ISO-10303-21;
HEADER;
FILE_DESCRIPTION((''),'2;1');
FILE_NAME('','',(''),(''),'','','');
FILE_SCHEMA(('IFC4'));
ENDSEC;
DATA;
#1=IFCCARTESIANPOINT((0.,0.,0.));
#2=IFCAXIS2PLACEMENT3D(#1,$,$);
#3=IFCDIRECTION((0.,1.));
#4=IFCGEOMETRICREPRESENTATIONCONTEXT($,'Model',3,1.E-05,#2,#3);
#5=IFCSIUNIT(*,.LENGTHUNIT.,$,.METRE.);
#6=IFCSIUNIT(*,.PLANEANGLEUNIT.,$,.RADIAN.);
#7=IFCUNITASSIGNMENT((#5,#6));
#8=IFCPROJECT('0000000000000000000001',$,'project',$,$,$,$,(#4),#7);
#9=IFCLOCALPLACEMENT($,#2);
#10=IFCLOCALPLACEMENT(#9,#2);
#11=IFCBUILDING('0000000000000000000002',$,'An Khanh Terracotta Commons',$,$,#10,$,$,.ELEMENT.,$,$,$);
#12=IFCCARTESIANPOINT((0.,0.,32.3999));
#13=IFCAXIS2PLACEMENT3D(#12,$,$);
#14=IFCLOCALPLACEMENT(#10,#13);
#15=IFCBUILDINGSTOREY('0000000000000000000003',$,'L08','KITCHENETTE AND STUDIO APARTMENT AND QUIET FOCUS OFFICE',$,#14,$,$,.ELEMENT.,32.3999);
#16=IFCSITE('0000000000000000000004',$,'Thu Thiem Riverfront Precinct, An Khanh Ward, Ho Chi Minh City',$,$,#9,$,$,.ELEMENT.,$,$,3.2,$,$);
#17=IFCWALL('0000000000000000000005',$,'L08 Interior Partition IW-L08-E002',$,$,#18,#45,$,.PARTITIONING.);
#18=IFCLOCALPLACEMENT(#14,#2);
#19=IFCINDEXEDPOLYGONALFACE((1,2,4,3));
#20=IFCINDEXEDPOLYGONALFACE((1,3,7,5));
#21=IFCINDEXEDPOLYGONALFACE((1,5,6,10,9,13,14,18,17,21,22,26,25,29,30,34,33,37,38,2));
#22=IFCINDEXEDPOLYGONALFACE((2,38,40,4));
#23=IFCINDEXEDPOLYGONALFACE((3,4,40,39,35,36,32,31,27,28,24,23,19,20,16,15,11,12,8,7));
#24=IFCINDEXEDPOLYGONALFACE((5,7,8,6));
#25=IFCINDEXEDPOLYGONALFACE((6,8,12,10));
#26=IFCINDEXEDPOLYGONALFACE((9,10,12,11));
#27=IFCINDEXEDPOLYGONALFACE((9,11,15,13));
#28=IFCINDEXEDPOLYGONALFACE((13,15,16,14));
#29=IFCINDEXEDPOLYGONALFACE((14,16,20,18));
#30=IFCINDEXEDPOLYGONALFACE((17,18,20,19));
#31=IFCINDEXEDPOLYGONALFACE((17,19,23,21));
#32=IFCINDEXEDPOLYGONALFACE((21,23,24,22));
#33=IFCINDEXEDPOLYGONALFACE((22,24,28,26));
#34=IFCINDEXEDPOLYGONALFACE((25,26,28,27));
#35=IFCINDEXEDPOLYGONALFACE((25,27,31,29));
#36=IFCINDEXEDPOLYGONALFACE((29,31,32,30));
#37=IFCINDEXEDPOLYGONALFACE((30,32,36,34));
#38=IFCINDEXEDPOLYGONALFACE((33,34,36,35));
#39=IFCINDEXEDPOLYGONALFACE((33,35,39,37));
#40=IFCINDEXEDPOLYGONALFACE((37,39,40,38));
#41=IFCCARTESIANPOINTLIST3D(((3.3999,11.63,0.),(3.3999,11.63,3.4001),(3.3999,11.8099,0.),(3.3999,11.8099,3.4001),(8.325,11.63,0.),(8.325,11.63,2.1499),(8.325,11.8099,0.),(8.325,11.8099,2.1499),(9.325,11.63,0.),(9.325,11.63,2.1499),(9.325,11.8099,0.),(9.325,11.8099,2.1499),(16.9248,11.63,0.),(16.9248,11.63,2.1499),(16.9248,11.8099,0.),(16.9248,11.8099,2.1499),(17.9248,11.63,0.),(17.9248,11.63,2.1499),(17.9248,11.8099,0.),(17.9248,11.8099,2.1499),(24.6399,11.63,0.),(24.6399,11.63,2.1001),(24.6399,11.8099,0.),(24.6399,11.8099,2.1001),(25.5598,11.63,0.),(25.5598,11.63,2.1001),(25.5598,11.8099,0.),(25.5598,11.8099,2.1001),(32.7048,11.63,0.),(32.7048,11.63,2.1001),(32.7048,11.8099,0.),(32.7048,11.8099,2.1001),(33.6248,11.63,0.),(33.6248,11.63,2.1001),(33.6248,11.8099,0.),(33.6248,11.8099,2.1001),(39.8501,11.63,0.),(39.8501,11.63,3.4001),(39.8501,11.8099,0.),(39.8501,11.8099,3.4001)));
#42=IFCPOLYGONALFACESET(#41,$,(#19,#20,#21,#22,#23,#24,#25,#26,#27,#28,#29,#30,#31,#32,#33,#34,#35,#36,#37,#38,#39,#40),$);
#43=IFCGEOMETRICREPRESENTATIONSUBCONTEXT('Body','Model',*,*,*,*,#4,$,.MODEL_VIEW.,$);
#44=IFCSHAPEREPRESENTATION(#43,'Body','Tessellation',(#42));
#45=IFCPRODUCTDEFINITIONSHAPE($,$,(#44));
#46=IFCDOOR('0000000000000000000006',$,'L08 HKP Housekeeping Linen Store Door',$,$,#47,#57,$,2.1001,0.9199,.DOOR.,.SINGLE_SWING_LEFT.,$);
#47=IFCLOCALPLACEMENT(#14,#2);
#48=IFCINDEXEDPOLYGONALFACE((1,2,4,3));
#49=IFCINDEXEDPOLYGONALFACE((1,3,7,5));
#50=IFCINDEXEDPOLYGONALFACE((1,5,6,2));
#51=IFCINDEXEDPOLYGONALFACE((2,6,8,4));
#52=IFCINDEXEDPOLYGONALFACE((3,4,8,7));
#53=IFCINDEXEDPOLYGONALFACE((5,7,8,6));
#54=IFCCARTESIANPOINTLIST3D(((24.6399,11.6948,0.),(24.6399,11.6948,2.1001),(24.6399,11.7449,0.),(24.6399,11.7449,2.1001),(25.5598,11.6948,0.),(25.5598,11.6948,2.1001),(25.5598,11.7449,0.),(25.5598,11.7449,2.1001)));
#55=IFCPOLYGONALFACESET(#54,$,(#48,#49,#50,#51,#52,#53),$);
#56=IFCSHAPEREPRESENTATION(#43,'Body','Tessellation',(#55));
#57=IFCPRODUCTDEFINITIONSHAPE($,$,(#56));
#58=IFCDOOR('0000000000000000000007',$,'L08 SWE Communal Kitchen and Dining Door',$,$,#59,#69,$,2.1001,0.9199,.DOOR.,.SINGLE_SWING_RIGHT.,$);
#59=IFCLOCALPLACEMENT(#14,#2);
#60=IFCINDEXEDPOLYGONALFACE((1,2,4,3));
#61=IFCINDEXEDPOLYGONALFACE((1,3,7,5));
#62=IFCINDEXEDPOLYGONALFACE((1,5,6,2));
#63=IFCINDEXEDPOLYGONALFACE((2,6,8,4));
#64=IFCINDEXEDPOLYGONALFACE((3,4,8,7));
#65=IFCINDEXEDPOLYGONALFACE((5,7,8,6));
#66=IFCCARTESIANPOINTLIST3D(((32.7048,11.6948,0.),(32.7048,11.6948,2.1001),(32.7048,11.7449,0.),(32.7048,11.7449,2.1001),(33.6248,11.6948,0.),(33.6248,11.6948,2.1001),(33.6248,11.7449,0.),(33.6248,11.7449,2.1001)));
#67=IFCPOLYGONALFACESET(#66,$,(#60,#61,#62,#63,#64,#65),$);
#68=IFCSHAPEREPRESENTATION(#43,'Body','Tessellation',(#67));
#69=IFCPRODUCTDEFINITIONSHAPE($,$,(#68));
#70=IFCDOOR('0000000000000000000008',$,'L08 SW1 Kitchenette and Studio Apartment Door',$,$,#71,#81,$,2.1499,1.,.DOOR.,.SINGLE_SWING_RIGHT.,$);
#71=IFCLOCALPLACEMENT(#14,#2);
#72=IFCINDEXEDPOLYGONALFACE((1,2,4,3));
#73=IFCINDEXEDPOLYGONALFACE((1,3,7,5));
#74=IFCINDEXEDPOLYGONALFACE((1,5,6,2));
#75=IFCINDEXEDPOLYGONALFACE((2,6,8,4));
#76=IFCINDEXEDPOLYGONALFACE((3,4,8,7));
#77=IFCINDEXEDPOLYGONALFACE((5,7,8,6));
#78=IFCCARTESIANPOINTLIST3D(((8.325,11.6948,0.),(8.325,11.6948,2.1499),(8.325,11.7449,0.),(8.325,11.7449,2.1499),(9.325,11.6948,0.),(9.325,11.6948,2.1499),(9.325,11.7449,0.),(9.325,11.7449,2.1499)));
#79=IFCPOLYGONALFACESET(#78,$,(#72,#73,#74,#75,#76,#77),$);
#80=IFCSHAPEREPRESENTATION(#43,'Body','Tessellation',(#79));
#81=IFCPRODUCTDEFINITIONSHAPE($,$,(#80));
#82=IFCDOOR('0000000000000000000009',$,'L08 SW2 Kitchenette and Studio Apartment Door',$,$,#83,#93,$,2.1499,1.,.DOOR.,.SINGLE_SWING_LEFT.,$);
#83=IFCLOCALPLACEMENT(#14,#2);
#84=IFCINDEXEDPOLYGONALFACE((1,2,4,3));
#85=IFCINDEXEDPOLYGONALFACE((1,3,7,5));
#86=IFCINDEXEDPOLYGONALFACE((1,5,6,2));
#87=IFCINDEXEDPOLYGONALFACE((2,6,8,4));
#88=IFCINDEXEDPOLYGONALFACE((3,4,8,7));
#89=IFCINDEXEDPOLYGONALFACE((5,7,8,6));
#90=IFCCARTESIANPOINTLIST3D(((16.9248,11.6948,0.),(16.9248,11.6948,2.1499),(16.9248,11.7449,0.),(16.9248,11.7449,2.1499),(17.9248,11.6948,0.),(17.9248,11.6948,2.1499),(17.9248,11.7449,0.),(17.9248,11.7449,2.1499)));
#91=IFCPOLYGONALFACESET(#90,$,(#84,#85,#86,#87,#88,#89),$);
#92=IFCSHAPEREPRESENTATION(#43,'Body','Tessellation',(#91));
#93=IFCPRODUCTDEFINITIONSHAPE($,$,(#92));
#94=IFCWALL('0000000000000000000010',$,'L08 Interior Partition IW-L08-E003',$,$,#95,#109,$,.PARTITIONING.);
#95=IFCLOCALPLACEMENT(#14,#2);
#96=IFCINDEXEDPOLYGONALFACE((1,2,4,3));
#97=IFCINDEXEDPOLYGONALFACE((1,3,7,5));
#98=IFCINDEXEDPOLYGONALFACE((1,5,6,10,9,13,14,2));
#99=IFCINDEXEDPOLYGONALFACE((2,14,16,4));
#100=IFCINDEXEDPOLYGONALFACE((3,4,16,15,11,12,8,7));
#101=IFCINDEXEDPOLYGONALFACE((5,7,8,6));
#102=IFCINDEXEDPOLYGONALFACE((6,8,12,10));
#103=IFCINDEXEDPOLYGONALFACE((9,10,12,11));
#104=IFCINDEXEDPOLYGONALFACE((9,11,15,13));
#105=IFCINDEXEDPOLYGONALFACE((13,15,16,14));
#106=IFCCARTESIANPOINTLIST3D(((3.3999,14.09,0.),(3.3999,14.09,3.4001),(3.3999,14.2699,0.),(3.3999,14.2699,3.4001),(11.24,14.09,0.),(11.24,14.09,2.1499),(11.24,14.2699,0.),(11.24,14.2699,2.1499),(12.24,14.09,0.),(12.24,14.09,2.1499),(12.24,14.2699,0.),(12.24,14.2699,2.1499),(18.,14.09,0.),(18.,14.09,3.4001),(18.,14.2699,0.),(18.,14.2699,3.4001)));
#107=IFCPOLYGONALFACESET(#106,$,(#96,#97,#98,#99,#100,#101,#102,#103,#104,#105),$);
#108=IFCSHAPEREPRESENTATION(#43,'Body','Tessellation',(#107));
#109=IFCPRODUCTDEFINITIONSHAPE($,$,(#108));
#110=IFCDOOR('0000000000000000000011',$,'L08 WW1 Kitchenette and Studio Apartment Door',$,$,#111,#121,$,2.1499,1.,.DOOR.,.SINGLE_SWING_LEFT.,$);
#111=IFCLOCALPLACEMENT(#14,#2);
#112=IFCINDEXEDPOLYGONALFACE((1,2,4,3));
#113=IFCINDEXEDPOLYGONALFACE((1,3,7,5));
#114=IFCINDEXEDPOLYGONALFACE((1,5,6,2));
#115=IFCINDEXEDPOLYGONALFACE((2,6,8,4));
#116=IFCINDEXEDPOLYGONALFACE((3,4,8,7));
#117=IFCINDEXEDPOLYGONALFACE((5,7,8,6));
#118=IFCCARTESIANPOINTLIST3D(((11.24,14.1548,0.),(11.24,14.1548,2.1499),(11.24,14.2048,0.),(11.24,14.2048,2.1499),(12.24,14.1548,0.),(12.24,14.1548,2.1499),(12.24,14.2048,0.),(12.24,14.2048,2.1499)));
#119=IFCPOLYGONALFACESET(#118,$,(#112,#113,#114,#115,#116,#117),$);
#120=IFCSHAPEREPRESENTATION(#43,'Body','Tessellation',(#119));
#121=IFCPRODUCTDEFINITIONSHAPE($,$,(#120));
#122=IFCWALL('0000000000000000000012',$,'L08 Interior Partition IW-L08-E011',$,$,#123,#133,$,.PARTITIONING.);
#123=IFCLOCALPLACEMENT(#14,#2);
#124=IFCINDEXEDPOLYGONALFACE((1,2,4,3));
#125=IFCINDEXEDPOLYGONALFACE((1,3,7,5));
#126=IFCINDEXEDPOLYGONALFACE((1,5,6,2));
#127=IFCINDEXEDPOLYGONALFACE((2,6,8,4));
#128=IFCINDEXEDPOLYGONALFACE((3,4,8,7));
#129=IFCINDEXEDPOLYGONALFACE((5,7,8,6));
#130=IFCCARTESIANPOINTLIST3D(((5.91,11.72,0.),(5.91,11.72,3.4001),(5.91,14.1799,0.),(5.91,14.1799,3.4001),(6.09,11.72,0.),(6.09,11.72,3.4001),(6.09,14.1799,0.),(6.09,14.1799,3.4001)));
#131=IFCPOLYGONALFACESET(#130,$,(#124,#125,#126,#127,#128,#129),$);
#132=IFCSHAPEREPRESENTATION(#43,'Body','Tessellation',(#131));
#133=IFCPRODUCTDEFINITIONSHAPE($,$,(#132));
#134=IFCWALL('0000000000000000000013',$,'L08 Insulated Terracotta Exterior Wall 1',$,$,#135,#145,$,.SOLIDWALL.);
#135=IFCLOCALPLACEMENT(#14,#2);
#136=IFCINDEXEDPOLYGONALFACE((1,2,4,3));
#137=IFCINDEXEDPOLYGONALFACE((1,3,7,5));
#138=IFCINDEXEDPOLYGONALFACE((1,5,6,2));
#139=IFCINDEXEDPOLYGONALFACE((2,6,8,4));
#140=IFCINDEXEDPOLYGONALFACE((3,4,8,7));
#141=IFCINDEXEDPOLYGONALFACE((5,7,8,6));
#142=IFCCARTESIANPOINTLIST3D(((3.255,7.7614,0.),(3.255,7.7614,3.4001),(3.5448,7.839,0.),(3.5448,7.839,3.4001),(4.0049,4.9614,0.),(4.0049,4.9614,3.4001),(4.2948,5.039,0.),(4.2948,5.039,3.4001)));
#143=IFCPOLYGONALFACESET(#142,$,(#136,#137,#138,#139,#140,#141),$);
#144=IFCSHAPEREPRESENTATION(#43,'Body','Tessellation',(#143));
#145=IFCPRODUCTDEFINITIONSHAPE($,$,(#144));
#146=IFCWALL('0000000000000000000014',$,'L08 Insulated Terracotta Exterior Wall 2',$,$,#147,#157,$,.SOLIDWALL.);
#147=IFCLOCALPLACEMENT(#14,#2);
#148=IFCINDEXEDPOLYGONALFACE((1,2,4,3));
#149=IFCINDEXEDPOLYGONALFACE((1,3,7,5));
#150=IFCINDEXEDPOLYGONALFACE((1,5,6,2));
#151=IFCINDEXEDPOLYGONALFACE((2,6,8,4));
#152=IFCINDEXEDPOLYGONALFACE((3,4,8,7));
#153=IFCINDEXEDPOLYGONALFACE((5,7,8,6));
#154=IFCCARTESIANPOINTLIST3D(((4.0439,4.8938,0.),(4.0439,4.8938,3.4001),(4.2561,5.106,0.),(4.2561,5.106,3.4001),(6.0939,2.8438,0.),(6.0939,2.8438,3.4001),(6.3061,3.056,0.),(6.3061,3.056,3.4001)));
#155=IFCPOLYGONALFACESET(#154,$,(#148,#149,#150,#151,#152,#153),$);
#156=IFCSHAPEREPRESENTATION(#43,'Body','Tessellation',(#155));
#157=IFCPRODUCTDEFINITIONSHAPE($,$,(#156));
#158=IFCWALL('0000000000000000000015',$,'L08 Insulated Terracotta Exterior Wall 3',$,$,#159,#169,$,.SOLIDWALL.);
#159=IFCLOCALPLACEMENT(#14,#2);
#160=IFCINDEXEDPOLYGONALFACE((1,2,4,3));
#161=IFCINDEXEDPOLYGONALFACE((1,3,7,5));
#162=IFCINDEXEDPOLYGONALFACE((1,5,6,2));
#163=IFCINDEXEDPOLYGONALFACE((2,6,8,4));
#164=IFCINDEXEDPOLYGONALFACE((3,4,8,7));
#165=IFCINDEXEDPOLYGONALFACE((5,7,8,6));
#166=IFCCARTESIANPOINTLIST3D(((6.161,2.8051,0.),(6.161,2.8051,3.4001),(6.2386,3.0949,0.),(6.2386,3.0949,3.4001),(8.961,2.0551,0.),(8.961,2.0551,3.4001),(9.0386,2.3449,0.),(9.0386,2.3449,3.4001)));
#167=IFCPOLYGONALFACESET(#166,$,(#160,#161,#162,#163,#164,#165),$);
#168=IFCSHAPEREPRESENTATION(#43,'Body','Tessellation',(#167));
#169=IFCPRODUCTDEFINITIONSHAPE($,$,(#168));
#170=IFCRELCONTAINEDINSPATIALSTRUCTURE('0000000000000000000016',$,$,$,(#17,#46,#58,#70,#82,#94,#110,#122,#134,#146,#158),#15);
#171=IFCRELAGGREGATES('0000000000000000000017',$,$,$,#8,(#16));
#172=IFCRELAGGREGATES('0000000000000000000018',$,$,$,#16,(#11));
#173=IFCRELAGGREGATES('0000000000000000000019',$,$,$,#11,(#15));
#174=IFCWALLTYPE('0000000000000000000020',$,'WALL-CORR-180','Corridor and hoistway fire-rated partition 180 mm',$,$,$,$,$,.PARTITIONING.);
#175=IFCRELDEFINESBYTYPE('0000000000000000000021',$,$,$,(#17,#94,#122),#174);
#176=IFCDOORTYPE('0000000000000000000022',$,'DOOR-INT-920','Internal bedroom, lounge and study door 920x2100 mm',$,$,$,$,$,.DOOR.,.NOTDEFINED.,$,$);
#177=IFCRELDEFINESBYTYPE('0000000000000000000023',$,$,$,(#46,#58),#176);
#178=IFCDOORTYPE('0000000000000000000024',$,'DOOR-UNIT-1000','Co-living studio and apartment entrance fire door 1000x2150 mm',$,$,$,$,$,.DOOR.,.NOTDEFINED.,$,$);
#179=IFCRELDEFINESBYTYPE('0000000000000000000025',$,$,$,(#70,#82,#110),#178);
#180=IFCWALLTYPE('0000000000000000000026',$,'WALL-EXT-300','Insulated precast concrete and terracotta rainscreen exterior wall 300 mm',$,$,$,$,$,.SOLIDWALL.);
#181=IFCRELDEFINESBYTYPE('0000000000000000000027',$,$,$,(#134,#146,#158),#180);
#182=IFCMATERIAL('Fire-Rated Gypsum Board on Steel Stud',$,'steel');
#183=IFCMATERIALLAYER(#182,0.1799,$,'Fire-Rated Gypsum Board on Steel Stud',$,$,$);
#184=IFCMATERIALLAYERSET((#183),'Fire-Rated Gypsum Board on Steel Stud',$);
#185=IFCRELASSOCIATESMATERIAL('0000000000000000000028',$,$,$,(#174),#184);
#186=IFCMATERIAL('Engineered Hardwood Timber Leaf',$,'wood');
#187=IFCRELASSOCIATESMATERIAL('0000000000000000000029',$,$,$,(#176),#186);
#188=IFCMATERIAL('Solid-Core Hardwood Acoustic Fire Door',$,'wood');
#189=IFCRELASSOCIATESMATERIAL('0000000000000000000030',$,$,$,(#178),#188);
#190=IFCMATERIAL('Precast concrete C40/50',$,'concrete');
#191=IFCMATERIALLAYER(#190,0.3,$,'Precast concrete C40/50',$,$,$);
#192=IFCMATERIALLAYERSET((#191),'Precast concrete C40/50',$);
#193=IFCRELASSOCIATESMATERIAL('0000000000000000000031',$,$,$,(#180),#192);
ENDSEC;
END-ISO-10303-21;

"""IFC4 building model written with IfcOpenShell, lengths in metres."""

from ifc_helpers import new_model, si_unit, direction, frame, frame_2d, origin, place, context, subcontext, project, spatial, rectangle, extrude, material, layer, layer_set, type_object, element, fill, save


model = new_model("IFC4")

# Units and contexts
model_context = context("Model", 3, precision=1e-05, world=origin(), true_north=direction((0.0, 1.0)))
body_context = subcontext(model_context, "Body", "Model", "MODEL_VIEW")
ifc_project = project(units=[si_unit("LENGTHUNIT", "METRE"), si_unit("PLANEANGLEUNIT", "RADIAN")], contexts=[model_context])

# Site, building, storey
site_placement = place(None, origin())
site = spatial("IfcSite", under=ifc_project, at=site_placement, Name="Thu Thiem Riverfront Precinct, An Khanh Ward, Ho Chi Minh City", CompositionType="ELEMENT", RefElevation=3.2)
building_placement = place(site_placement, origin())
building = spatial("IfcBuilding", under=site, at=building_placement, Name="An Khanh Terracotta Commons", CompositionType="ELEMENT")
storey_placement = place(building_placement, frame((0.0, 0.0, 32.3999)))
storey = spatial("IfcBuildingStorey", under=building, at=storey_placement, Name="L08", Description="KITCHENETTE AND STUDIO APARTMENT AND QUIET FOCUS OFFICE", CompositionType="ELEMENT", Elevation=32.3999)

# Shared definitions
ifc_material_1 = material(Name="Precast concrete C40/50", Category="concrete")

# Wall, openings, doors
ifc_material_2 = material(Name="Fire-Rated Gypsum Board on Steel Stud", Category="steel")
ifc_layer_1 = layer(ifc_material_2, 0.1799, Name="Fire-Rated Gypsum Board on Steel Stud")
ifc_layer_set_1 = layer_set([ifc_layer_1], Name="Fire-Rated Gypsum Board on Steel Stud")
wall_type_1 = type_object("IfcWallType", Name="WALL-CORR-180", Description="Corridor and hoistway fire-rated partition 180 mm", PredefinedType="PARTITIONING", material=ifc_layer_set_1)
wall_1_placement = place(storey_placement, frame((3.3999, 11.72, 0.0), z_axis=(0.0, 0.0, 1.0), x_axis=(1.0, 0.0, 0.0)))
wall_1 = element("IfcWall", 1, at=wall_1_placement, inside=storey, type_object=wall_type_1, Name="L08 Interior Partition IW-L08-E002", PredefinedType="PARTITIONING", context=body_context, shape_type="SweptSolid", body=[
    extrude(rectangle(XDim=36.4502, YDim=0.1799, at=frame_2d((18.2251, 0.0))), origin(), (0.0, 0.0, 1.0), 3.4001),
])
opening_1_placement = place(wall_1_placement, frame((21.24, 0.0, 0.0)))
opening_1 = element("IfcOpeningElement", 2, at=opening_1_placement, cuts=wall_1, PredefinedType="OPENING", context=body_context, shape_type="SweptSolid", body=[
    extrude(rectangle(XDim=0.9199, YDim=2.1001, at=frame_2d((0.46, 1.05))), frame((0.0, 0.0999, 0.0), z_axis=(0.0, -1.0, 0.0), x_axis=(1.0, 0.0, 0.0)), (0.0, 0.0, 1.0), 0.2),
])
opening_2_placement = place(wall_1_placement, frame((4.925, 0.0, 0.0)))
opening_2 = element("IfcOpeningElement", 3, at=opening_2_placement, cuts=wall_1, PredefinedType="OPENING", context=body_context, shape_type="SweptSolid", body=[
    extrude(rectangle(XDim=1.0, YDim=2.1499, at=frame_2d((0.5, 1.075))), frame((0.0, 0.0999, 0.0), z_axis=(0.0, -1.0, 0.0), x_axis=(1.0, 0.0, 0.0)), (0.0, 0.0, 1.0), 0.2),
])
opening_3_placement = place(wall_1_placement, frame((13.5249, 0.0, 0.0)))
opening_3 = element("IfcOpeningElement", 4, at=opening_3_placement, cuts=wall_1, PredefinedType="OPENING", context=body_context, shape_type="SweptSolid", body=[
    extrude(rectangle(XDim=1.0, YDim=2.1499, at=frame_2d((0.5, 1.075))), frame((0.0, 0.0999, 0.0), z_axis=(0.0, -1.0, 0.0), x_axis=(1.0, 0.0, 0.0)), (0.0, 0.0, 1.0), 0.2),
])
opening_4_placement = place(wall_1_placement, frame((29.3049, 0.0, 0.0)))
opening_4 = element("IfcOpeningElement", 5, at=opening_4_placement, cuts=wall_1, PredefinedType="OPENING", context=body_context, shape_type="SweptSolid", body=[
    extrude(rectangle(XDim=0.9199, YDim=2.1001, at=frame_2d((0.46, 1.05))), frame((0.0, 0.0999, 0.0), z_axis=(0.0, -1.0, 0.0), x_axis=(1.0, 0.0, 0.0)), (0.0, 0.0, 1.0), 0.2),
])
ifc_material_3 = material(Name="Engineered Hardwood Timber Leaf", Category="wood")
door_type_1 = type_object("IfcDoorType", Name="DOOR-INT-920", Description="Internal bedroom, lounge and study door 920x2100 mm", OperationType="NOTDEFINED", PredefinedType="DOOR", material=ifc_material_3)
door_1_placement = place(opening_1_placement, origin())
door_1 = element("IfcDoor", 6, at=door_1_placement, inside=storey, type_object=door_type_1, Name="L08 HKP Housekeeping Linen Store Door", OperationType="SINGLE_SWING_LEFT", OverallHeight=2.1001, OverallWidth=0.9199, PredefinedType="DOOR", context=body_context, shape_type="SweptSolid", body=[
    extrude(rectangle(XDim=0.9199, YDim=2.1001, at=frame_2d((0.46, 1.05))), frame((0.0, 0.0249, 0.0), z_axis=(0.0, -1.0, 0.0), x_axis=(1.0, 0.0, 0.0)), (0.0, 0.0, 1.0), 0.05),
])
fill(opening_1, door_1)
door_2_placement = place(opening_4_placement, origin())
door_2 = element("IfcDoor", 7, at=door_2_placement, inside=storey, type_object=door_type_1, Name="L08 SWE Communal Kitchen and Dining Door", OperationType="SINGLE_SWING_RIGHT", OverallHeight=2.1001, OverallWidth=0.9199, PredefinedType="DOOR", context=body_context, shape_type="SweptSolid", body=[
    extrude(rectangle(XDim=0.9199, YDim=2.1001, at=frame_2d((0.46, 1.05))), frame((0.0, 0.0249, 0.0), z_axis=(0.0, -1.0, 0.0), x_axis=(1.0, 0.0, 0.0)), (0.0, 0.0, 1.0), 0.05),
])
fill(opening_4, door_2)
ifc_material_4 = material(Name="Solid-Core Hardwood Acoustic Fire Door", Category="wood")
door_type_2 = type_object("IfcDoorType", Name="DOOR-UNIT-1000", Description="Co-living studio and apartment entrance fire door 1000x2150 mm", OperationType="NOTDEFINED", PredefinedType="DOOR", material=ifc_material_4)
door_3_placement = place(opening_2_placement, origin())
door_3 = element("IfcDoor", 8, at=door_3_placement, inside=storey, type_object=door_type_2, Name="L08 SW1 Kitchenette and Studio Apartment Door", OperationType="SINGLE_SWING_RIGHT", OverallHeight=2.1499, OverallWidth=1.0, PredefinedType="DOOR", context=body_context, shape_type="SweptSolid", body=[
    extrude(rectangle(XDim=1.0, YDim=2.1499, at=frame_2d((0.5, 1.075))), frame((0.0, 0.0249, 0.0), z_axis=(0.0, -1.0, 0.0), x_axis=(1.0, 0.0, 0.0)), (0.0, 0.0, 1.0), 0.05),
])
fill(opening_2, door_3)
door_4_placement = place(opening_3_placement, origin())
door_4 = element("IfcDoor", 9, at=door_4_placement, inside=storey, type_object=door_type_2, Name="L08 SW2 Kitchenette and Studio Apartment Door", OperationType="SINGLE_SWING_LEFT", OverallHeight=2.1499, OverallWidth=1.0, PredefinedType="DOOR", context=body_context, shape_type="SweptSolid", body=[
    extrude(rectangle(XDim=1.0, YDim=2.1499, at=frame_2d((0.5, 1.075))), frame((0.0, 0.0249, 0.0), z_axis=(0.0, -1.0, 0.0), x_axis=(1.0, 0.0, 0.0)), (0.0, 0.0, 1.0), 0.05),
])
fill(opening_3, door_4)

# Wall, opening, door
wall_2_placement = place(storey_placement, frame((3.3999, 14.1799, 0.0), z_axis=(0.0, 0.0, 1.0), x_axis=(1.0, 0.0, 0.0)))
wall_2 = element("IfcWall", 10, at=wall_2_placement, inside=storey, type_object=wall_type_1, Name="L08 Interior Partition IW-L08-E003", PredefinedType="PARTITIONING", context=body_context, shape_type="SweptSolid", body=[
    extrude(rectangle(XDim=14.6001, YDim=0.1799, at=frame_2d((7.3, 0.0))), origin(), (0.0, 0.0, 1.0), 3.4001),
])
opening_5_placement = place(wall_2_placement, frame((7.8401, 0.0, 0.0)))
opening_5 = element("IfcOpeningElement", 11, at=opening_5_placement, cuts=wall_2, PredefinedType="OPENING", context=body_context, shape_type="SweptSolid", body=[
    extrude(rectangle(XDim=1.0, YDim=2.1499, at=frame_2d((0.5, 1.075))), frame((0.0, 0.0999, 0.0), z_axis=(0.0, -1.0, 0.0), x_axis=(1.0, 0.0, 0.0)), (0.0, 0.0, 1.0), 0.2),
])
door_5_placement = place(opening_5_placement, origin())
door_5 = element("IfcDoor", 12, at=door_5_placement, inside=storey, type_object=door_type_2, Name="L08 WW1 Kitchenette and Studio Apartment Door", OperationType="SINGLE_SWING_LEFT", OverallHeight=2.1499, OverallWidth=1.0, PredefinedType="DOOR", context=body_context, shape_type="SweptSolid", body=[
    extrude(rectangle(XDim=1.0, YDim=2.1499, at=frame_2d((0.5, 1.075))), frame((0.0, 0.0249, 0.0), z_axis=(0.0, -1.0, 0.0), x_axis=(1.0, 0.0, 0.0)), (0.0, 0.0, 1.0), 0.05),
])
fill(opening_5, door_5)

# Walls
wall_3_placement = place(storey_placement, frame((6.0, 11.72, 0.0), z_axis=(0.0, 0.0, 1.0), x_axis=(0.0, 1.0, 0.0)))
element("IfcWall", 13, at=wall_3_placement, inside=storey, type_object=wall_type_1, Name="L08 Interior Partition IW-L08-E011", PredefinedType="PARTITIONING", context=body_context, shape_type="SweptSolid", body=[
    extrude(rectangle(XDim=2.46, YDim=0.1799, at=frame_2d((1.23, 0.0))), origin(), (0.0, 0.0, 1.0), 3.4001),
])
ifc_layer_2 = layer(ifc_material_1, 0.3, Name="Precast concrete C40/50")
ifc_layer_set_2 = layer_set([ifc_layer_2], Name="Precast concrete C40/50")
wall_type_2 = type_object("IfcWallType", Name="WALL-EXT-300", Description="Insulated precast concrete and terracotta rainscreen exterior wall 300 mm", PredefinedType="SOLIDWALL", material=ifc_layer_set_2)
wall_4_placement = place(storey_placement, frame((3.3999, 7.8, 0.0), z_axis=(0.0, 0.0, 1.0), x_axis=(0.258732, -0.965949, 0.0)))
element("IfcWall", 14, at=wall_4_placement, inside=storey, type_object=wall_type_2, Name="L08 Insulated Terracotta Exterior Wall 1", PredefinedType="SOLIDWALL", context=body_context, shape_type="SweptSolid", body=[
    extrude(rectangle(XDim=2.8987, YDim=0.3, at=frame_2d((1.4492, 0.0))), origin(), (0.0, 0.0, 1.0), 3.4001),
])
wall_5_placement = place(storey_placement, frame((4.1499, 5.0, 0.0), z_axis=(0.0, 0.0, 1.0), x_axis=(0.707107, -0.707107, 0.0)))
element("IfcWall", 15, at=wall_5_placement, inside=storey, type_object=wall_type_2, Name="L08 Insulated Terracotta Exterior Wall 2", PredefinedType="SOLIDWALL", context=body_context, shape_type="SweptSolid", body=[
    extrude(rectangle(XDim=2.8992, YDim=0.3, at=frame_2d((1.4497, 0.0))), origin(), (0.0, 0.0, 1.0), 3.4001),
])
wall_6_placement = place(storey_placement, frame((6.2, 2.95, 0.0), z_axis=(0.0, 0.0, 1.0), x_axis=(0.965949, -0.258732, 0.0)))
element("IfcWall", 16, at=wall_6_placement, inside=storey, type_object=wall_type_2, Name="L08 Insulated Terracotta Exterior Wall 3", PredefinedType="SOLIDWALL", context=body_context, shape_type="SweptSolid", body=[
    extrude(rectangle(XDim=2.8987, YDim=0.3, at=frame_2d((1.4492, 0.0))), origin(), (0.0, 0.0, 1.0), 3.4001),
])

save(model, "model.ifc")
